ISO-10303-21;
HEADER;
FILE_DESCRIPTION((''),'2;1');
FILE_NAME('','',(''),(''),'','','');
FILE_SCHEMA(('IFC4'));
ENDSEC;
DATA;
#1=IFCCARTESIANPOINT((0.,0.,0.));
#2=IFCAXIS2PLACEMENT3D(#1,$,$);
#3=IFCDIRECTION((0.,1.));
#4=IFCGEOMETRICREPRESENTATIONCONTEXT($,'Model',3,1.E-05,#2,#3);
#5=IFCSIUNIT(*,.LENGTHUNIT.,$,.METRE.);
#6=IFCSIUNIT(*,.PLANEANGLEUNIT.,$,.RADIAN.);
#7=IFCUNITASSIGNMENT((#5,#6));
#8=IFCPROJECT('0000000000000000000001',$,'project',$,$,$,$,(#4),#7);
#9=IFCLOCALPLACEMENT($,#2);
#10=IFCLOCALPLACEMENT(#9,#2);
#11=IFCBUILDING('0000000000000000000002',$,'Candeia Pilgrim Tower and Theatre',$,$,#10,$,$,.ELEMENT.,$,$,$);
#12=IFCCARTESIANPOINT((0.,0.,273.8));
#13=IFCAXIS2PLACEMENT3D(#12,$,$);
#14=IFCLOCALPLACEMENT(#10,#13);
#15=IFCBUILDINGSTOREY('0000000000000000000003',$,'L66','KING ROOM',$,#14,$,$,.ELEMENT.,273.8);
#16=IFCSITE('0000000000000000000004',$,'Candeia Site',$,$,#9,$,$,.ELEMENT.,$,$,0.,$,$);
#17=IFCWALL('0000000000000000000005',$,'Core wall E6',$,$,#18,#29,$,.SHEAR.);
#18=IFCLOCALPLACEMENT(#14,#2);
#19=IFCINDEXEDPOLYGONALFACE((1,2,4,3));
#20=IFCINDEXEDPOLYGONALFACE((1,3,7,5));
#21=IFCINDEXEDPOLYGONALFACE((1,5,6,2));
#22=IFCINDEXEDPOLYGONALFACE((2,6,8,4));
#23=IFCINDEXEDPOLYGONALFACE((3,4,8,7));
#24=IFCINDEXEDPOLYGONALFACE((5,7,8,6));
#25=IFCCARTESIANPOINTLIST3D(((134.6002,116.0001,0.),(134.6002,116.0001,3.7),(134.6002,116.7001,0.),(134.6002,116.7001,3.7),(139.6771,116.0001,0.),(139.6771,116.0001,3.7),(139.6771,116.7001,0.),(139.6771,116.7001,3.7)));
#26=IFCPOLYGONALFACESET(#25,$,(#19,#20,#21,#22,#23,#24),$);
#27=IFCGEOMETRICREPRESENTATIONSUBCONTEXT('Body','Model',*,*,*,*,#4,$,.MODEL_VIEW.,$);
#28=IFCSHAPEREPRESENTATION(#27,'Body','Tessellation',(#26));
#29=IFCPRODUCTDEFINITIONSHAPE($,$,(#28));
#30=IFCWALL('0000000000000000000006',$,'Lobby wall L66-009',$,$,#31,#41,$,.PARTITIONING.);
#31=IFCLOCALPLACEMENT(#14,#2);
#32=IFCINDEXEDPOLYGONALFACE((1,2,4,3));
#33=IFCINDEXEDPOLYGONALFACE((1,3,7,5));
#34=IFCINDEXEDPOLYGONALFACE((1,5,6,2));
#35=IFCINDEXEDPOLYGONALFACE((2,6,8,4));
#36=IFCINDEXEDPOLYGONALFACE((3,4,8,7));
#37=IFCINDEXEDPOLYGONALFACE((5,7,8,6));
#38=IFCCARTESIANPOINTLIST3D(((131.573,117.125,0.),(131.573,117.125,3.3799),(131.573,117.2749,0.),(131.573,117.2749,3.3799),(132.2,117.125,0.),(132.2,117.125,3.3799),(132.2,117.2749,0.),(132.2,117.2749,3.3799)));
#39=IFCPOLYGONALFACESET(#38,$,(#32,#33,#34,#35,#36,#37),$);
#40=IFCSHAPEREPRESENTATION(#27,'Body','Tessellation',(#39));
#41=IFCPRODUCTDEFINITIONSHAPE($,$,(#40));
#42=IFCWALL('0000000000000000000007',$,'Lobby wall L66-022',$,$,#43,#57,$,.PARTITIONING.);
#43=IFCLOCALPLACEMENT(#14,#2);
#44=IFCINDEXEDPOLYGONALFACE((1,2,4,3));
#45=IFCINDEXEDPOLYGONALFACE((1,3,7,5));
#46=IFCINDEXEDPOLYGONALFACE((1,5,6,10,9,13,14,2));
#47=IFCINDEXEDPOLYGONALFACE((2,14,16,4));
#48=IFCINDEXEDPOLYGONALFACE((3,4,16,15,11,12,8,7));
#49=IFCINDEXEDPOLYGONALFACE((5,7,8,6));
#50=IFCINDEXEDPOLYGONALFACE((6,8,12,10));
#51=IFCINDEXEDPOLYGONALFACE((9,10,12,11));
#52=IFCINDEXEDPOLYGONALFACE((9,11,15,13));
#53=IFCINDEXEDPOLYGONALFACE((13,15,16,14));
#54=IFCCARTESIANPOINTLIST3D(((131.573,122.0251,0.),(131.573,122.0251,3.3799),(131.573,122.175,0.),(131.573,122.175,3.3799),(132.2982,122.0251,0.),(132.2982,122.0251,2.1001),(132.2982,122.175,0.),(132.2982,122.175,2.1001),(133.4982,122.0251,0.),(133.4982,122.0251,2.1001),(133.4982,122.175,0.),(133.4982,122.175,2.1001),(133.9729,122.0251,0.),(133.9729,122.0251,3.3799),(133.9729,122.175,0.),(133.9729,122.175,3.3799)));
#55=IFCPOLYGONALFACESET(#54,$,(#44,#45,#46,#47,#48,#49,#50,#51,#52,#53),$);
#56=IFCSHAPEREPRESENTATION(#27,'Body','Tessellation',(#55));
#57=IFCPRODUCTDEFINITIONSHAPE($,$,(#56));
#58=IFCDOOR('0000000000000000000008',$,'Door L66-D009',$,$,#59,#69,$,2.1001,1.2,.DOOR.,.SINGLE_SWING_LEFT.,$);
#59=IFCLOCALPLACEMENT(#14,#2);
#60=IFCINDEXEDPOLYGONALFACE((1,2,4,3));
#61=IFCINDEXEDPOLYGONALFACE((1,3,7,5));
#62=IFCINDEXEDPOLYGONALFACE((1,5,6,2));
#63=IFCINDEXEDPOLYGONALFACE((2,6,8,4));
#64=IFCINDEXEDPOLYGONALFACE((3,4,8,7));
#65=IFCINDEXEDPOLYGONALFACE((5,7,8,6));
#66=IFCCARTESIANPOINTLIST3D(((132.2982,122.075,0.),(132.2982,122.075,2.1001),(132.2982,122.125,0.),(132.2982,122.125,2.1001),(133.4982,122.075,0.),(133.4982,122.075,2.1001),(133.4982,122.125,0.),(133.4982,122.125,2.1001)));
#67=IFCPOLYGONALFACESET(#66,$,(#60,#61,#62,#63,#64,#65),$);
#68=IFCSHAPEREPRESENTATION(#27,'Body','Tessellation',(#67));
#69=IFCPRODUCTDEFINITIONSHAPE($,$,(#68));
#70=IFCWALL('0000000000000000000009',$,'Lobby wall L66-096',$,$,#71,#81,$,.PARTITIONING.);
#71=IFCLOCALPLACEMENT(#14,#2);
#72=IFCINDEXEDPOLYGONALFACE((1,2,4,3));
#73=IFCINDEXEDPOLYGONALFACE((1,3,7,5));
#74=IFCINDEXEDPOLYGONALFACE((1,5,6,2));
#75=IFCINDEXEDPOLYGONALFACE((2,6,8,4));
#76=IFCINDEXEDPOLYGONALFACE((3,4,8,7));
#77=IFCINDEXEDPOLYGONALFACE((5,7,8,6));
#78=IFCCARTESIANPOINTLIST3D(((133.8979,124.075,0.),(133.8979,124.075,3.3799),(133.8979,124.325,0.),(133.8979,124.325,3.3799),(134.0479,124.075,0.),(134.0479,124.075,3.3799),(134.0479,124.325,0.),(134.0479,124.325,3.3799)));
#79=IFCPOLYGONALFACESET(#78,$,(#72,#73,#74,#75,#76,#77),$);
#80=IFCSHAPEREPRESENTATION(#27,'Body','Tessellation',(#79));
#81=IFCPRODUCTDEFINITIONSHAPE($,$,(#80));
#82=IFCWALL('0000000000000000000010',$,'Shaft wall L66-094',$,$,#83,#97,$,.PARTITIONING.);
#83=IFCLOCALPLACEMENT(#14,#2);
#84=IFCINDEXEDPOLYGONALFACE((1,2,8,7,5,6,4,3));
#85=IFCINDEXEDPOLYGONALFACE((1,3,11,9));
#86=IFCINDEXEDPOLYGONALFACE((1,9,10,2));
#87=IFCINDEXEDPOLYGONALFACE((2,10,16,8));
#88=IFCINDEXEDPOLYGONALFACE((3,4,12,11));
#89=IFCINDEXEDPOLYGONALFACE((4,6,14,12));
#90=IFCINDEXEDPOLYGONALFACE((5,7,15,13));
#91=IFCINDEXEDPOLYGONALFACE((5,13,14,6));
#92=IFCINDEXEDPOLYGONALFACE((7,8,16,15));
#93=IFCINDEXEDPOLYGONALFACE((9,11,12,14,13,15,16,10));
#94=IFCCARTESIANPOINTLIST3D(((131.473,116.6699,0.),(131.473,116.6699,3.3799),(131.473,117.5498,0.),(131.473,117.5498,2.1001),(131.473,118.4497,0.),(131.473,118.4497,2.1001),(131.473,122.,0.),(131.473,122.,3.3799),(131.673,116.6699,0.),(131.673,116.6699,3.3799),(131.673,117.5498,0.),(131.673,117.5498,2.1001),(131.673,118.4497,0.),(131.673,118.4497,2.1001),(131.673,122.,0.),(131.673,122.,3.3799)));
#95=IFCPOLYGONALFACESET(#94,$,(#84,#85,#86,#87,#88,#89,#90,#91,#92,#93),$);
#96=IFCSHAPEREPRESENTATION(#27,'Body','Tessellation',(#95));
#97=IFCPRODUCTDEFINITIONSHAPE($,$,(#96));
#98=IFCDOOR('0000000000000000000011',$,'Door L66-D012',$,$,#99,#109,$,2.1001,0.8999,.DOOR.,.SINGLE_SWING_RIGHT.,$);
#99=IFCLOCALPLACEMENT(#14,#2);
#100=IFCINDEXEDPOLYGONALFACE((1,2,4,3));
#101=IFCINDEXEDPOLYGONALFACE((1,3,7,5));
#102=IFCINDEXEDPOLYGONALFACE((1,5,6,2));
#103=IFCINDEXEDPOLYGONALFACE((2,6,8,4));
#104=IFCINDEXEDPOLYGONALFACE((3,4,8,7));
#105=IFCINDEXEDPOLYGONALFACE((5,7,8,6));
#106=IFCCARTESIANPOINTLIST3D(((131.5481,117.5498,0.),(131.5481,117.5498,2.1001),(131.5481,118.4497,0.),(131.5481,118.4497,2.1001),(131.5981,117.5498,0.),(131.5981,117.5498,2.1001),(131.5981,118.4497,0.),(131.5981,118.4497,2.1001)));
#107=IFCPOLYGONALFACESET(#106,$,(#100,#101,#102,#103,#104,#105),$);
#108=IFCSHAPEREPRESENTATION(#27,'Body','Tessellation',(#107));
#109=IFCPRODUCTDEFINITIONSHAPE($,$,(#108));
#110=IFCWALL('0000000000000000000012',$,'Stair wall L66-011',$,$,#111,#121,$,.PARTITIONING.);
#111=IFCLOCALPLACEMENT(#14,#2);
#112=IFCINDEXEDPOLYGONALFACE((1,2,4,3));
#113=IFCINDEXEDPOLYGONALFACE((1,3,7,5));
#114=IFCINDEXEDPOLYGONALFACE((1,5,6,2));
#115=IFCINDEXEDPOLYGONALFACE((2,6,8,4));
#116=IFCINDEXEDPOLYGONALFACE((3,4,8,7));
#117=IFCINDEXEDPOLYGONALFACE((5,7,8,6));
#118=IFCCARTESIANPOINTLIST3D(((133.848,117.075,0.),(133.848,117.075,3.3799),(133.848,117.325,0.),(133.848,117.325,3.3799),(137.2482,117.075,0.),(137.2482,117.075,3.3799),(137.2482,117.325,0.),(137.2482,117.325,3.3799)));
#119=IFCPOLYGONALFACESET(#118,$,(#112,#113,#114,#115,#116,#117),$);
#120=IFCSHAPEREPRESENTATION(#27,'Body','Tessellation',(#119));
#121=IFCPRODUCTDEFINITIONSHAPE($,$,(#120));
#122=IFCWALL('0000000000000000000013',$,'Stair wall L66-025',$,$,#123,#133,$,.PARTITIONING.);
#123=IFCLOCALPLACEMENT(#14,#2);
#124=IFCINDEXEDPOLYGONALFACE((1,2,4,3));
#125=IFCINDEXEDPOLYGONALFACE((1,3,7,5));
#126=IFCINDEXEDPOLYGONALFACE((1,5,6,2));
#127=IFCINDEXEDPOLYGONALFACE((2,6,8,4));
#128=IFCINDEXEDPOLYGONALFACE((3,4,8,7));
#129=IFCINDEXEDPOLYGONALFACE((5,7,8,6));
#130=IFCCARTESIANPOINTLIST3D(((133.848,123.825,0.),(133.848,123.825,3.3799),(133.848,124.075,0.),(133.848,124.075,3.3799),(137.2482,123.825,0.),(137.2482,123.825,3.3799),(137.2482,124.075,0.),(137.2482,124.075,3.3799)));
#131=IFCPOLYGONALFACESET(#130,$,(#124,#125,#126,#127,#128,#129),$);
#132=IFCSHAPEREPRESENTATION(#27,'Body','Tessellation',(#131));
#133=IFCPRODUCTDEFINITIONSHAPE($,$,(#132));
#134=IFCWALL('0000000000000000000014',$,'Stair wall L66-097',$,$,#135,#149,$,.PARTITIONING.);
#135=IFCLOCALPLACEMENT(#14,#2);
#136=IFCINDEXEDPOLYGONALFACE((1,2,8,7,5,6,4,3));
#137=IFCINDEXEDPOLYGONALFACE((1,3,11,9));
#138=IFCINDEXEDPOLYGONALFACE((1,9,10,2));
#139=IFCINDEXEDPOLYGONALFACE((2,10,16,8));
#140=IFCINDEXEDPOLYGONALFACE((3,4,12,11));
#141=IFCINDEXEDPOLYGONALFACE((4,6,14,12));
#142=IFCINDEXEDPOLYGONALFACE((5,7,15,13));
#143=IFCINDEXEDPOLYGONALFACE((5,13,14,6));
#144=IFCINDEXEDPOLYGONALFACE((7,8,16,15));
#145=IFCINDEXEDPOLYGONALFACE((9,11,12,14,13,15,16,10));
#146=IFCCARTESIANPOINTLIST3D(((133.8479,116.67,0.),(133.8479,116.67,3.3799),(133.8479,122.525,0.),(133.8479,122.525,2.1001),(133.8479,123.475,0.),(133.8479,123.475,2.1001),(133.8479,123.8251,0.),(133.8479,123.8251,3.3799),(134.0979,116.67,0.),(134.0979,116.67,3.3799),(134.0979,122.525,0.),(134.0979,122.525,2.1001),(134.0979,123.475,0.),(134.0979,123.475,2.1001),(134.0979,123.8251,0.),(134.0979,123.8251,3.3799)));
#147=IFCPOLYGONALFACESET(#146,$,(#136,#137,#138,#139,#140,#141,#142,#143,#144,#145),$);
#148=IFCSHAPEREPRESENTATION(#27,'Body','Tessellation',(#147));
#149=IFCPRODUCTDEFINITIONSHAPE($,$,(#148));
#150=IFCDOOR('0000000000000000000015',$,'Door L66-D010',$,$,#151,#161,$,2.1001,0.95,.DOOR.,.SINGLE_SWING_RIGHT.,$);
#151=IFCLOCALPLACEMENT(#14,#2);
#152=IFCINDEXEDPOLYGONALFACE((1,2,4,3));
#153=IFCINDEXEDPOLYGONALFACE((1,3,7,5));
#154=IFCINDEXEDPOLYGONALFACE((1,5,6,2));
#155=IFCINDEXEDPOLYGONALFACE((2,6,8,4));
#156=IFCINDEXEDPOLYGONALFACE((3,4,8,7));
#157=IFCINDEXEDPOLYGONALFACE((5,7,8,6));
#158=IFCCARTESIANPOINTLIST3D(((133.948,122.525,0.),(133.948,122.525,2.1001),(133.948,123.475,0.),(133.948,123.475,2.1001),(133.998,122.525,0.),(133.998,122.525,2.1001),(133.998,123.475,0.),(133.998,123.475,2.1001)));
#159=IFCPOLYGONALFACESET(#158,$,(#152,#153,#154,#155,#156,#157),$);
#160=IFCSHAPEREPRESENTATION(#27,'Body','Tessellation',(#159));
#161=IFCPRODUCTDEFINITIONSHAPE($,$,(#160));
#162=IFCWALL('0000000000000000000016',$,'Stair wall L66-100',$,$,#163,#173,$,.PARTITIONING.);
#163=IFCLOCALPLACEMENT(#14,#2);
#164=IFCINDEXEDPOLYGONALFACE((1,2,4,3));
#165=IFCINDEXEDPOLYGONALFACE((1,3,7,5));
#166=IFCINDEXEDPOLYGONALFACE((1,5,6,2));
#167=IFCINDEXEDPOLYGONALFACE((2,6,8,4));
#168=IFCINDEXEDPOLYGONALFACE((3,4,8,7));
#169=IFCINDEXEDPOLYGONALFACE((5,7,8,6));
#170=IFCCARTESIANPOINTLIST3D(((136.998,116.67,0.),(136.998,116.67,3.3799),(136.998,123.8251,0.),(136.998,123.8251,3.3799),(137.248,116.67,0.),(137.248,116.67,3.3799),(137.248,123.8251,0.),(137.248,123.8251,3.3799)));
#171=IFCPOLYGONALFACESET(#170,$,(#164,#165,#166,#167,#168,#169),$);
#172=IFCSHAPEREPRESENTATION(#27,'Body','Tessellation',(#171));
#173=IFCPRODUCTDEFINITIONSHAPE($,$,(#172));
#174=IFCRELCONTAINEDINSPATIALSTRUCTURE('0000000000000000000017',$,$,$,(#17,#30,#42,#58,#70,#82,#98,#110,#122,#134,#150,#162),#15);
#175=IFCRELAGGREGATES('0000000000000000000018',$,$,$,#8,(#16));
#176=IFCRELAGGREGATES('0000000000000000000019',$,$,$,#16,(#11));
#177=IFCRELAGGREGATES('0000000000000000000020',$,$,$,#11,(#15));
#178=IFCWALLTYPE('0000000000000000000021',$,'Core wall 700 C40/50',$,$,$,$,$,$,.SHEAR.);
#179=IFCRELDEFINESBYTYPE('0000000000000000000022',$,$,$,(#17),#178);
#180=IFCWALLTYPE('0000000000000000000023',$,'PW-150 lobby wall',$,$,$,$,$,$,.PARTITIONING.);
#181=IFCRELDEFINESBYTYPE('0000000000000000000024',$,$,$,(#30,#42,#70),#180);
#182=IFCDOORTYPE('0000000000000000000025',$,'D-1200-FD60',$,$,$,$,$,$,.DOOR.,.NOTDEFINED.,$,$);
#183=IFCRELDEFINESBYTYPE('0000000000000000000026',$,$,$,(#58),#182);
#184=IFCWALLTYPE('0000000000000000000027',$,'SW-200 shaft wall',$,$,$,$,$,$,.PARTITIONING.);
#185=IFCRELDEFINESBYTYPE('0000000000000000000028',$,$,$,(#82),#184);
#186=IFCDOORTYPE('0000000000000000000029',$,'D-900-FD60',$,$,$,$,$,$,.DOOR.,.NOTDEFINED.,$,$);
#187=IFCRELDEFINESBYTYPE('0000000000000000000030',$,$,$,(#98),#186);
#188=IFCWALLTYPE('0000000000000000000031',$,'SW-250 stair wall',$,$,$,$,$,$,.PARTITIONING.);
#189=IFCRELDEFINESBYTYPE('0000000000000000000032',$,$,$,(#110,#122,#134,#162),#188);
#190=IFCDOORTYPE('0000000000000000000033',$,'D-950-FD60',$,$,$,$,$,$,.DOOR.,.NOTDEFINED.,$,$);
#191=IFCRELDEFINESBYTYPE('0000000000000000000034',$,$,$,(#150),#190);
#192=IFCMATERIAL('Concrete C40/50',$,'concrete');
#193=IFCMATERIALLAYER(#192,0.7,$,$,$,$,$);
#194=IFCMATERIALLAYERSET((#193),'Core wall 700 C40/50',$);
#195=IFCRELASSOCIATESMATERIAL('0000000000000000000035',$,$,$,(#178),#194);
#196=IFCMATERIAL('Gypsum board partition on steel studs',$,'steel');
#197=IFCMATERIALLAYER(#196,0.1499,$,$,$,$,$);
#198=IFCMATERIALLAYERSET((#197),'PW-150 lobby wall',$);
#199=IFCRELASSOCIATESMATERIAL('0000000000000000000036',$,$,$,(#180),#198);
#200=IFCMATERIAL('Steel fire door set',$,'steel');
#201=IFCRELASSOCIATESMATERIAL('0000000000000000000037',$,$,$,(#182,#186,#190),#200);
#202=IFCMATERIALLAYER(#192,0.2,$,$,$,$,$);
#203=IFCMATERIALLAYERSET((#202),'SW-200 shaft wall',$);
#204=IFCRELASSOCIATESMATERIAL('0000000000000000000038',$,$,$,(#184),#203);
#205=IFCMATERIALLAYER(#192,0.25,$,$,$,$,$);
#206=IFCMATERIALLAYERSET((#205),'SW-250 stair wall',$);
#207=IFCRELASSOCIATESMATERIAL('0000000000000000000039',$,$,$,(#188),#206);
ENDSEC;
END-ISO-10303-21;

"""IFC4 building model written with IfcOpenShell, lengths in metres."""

from ifc_helpers import new_model, si_unit, direction, frame, frame_2d, origin, place, context, subcontext, project, spatial, rectangle, extrude, material, layer, layer_set, type_object, element, fill, save


model = new_model("IFC4")

# Units and contexts
model_context = context("Model", 3, precision=1e-05, world=origin(), true_north=direction((0.0, 1.0)))
body_context = subcontext(model_context, "Body", "Model", "MODEL_VIEW")
ifc_project = project(units=[si_unit("LENGTHUNIT", "METRE"), si_unit("PLANEANGLEUNIT", "RADIAN")], contexts=[model_context])

# Site, building, storey
site_placement = place(None, origin())
site = spatial("IfcSite", under=ifc_project, at=site_placement, Name="Candeia Site", CompositionType="ELEMENT", RefElevation=0.0)
building_placement = place(site_placement, origin())
building = spatial("IfcBuilding", under=site, at=building_placement, Name="Candeia Pilgrim Tower and Theatre", CompositionType="ELEMENT")
storey_placement = place(building_placement, frame((0.0, 0.0, 273.8)))
storey = spatial("IfcBuildingStorey", under=building, at=storey_placement, Name="L66", Description="KING ROOM", CompositionType="ELEMENT", Elevation=273.8)

# Walls
ifc_material_1 = material(Name="Concrete C40/50", Category="concrete")
ifc_layer_1 = layer(ifc_material_1, 0.7)
ifc_layer_set_1 = layer_set([ifc_layer_1], Name="Core wall 700 C40/50")
wall_type_1 = type_object("IfcWallType", Name="Core wall 700 C40/50", PredefinedType="SHEAR", material=ifc_layer_set_1)
wall_1_placement = place(storey_placement, frame((134.6001, 116.3501, 0.0), z_axis=(0.0, 0.0, 1.0), x_axis=(1.0, 0.0, 0.0)))
element("IfcWall", 1, at=wall_1_placement, inside=storey, type_object=wall_type_1, Name="Core wall E6", PredefinedType="SHEAR", context=body_context, shape_type="SweptSolid", body=[
    extrude(rectangle(XDim=5.0769, YDim=0.7, at=frame_2d((2.5386, 0.0))), origin(), (0.0, 0.0, 1.0), 3.7),
])
ifc_material_2 = material(Name="Gypsum board partition on steel studs", Category="steel")
ifc_layer_2 = layer(ifc_material_2, 0.1499)
ifc_layer_set_2 = layer_set([ifc_layer_2], Name="PW-150 lobby wall")
wall_type_2 = type_object("IfcWallType", Name="PW-150 lobby wall", PredefinedType="PARTITIONING", material=ifc_layer_set_2)
wall_2_placement = place(storey_placement, frame((131.573, 117.2, 0.0), z_axis=(0.0, 0.0, 1.0), x_axis=(1.0, 0.0, 0.0)))
element("IfcWall", 2, at=wall_2_placement, inside=storey, type_object=wall_type_2, Name="Lobby wall L66-009", PredefinedType="PARTITIONING", context=body_context, shape_type="SweptSolid", body=[
    extrude(rectangle(XDim=0.627, YDim=0.1499, at=frame_2d((0.3135, 0.0))), origin(), (0.0, 0.0, 1.0), 3.3799),
])

# Wall, opening, door
wall_3_placement = place(storey_placement, frame((131.573, 122.1001, 0.0), z_axis=(0.0, 0.0, 1.0), x_axis=(1.0, 0.0, 0.0)))
wall_3 = element("IfcWall", 3, at=wall_3_placement, inside=storey, type_object=wall_type_2, Name="Lobby wall L66-022", PredefinedType="PARTITIONING", context=body_context, shape_type="SweptSolid", body=[
    extrude(rectangle(XDim=2.3999, YDim=0.1499, at=frame_2d((1.2, 0.0))), origin(), (0.0, 0.0, 1.0), 3.3799),
])
opening_1_placement = place(wall_3_placement, frame((0.7251, 0.0, 0.0)))
opening_1 = element("IfcOpeningElement", 4, at=opening_1_placement, cuts=wall_3, PredefinedType="OPENING", context=body_context, shape_type="SweptSolid", body=[
    extrude(rectangle(XDim=1.2, YDim=2.1001, at=frame_2d((0.6001, 1.05))), frame((0.0, 0.085, 0.0), z_axis=(0.0, -1.0, 0.0), x_axis=(1.0, 0.0, 0.0)), (0.0, 0.0, 1.0), 0.1699),
])
ifc_material_3 = material(Name="Steel fire door set", Category="steel")
door_type_1 = type_object("IfcDoorType", Name="D-1200-FD60", OperationType="NOTDEFINED", PredefinedType="DOOR", material=ifc_material_3)
door_1_placement = place(opening_1_placement, origin())
door_1 = element("IfcDoor", 5, at=door_1_placement, inside=storey, type_object=door_type_1, Name="Door L66-D009", OperationType="SINGLE_SWING_LEFT", OverallHeight=2.1001, OverallWidth=1.2, PredefinedType="DOOR", context=body_context, shape_type="SweptSolid", body=[
    extrude(rectangle(XDim=1.2, YDim=2.1001, at=frame_2d((0.6001, 1.05))), frame((0.0, 0.0249, 0.0), z_axis=(0.0, -1.0, 0.0), x_axis=(1.0, 0.0, 0.0)), (0.0, 0.0, 1.0), 0.05),
])
fill(opening_1, door_1)

# Wall
wall_4_placement = place(storey_placement, frame((133.9729, 124.075, 0.0), z_axis=(0.0, 0.0, 1.0), x_axis=(0.0, 1.0, 0.0)))
element("IfcWall", 6, at=wall_4_placement, inside=storey, type_object=wall_type_2, Name="Lobby wall L66-096", PredefinedType="PARTITIONING", context=body_context, shape_type="SweptSolid", body=[
    extrude(rectangle(XDim=0.25, YDim=0.1499, at=frame_2d((0.125, 0.0))), origin(), (0.0, 0.0, 1.0), 3.3799),
])

# Wall, opening, door
ifc_layer_3 = layer(ifc_material_1, 0.2)
ifc_layer_set_3 = layer_set([ifc_layer_3], Name="SW-200 shaft wall")
wall_type_3 = type_object("IfcWallType", Name="SW-200 shaft wall", PredefinedType="PARTITIONING", material=ifc_layer_set_3)
wall_5_placement = place(storey_placement, frame((131.573, 116.6699, 0.0), z_axis=(0.0, 0.0, 1.0), x_axis=(0.0, 1.0, 0.0)))
wall_5 = element("IfcWall", 7, at=wall_5_placement, inside=storey, type_object=wall_type_3, Name="Shaft wall L66-094", PredefinedType="PARTITIONING", context=body_context, shape_type="SweptSolid", body=[
    extrude(rectangle(XDim=5.3301, YDim=0.2, at=frame_2d((2.665, 0.0))), origin(), (0.0, 0.0, 1.0), 3.3799),
])
opening_2_placement = place(wall_5_placement, frame((0.8799, 0.0, 0.0)))
opening_2 = element("IfcOpeningElement", 8, at=opening_2_placement, cuts=wall_5, PredefinedType="OPENING", context=body_context, shape_type="SweptSolid", body=[
    extrude(rectangle(XDim=0.8999, YDim=2.1001, at=frame_2d((0.45, 1.05))), frame((0.0, 0.1099, 0.0), z_axis=(0.0, -1.0, 0.0), x_axis=(1.0, 0.0, 0.0)), (0.0, 0.0, 1.0), 0.22),
])
door_type_2 = type_object("IfcDoorType", Name="D-900-FD60", OperationType="NOTDEFINED", PredefinedType="DOOR", material=ifc_material_3)
door_2_placement = place(opening_2_placement, origin())
door_2 = element("IfcDoor", 9, at=door_2_placement, inside=storey, type_object=door_type_2, Name="Door L66-D012", OperationType="SINGLE_SWING_RIGHT", OverallHeight=2.1001, OverallWidth=0.8999, PredefinedType="DOOR", context=body_context, shape_type="SweptSolid", body=[
    extrude(rectangle(XDim=0.8999, YDim=2.1001, at=frame_2d((0.45, 1.05))), frame((0.0, 0.0249, 0.0), z_axis=(0.0, -1.0, 0.0), x_axis=(1.0, 0.0, 0.0)), (0.0, 0.0, 1.0), 0.05),
])
fill(opening_2, door_2)

# Walls
ifc_layer_4 = layer(ifc_material_1, 0.25)
ifc_layer_set_4 = layer_set([ifc_layer_4], Name="SW-250 stair wall")
wall_type_4 = type_object("IfcWallType", Name="SW-250 stair wall", PredefinedType="PARTITIONING", material=ifc_layer_set_4)
for number, where, z_axis, x_axis, name in (
    (10, (133.8479, 117.2, 0.0), (0.0, 0.0, 1.0), (1.0, 0.0, 0.0), "Stair wall L66-011"),
    (11, (133.8479, 123.95, 0.0), (0.0, 0.0, 1.0), (1.0, 0.0, 0.0), "Stair wall L66-025"),
):
    element("IfcWall", number, at=place(storey_placement, frame(where, z_axis=z_axis, x_axis=x_axis)), inside=storey, type_object=wall_type_4, Name=name, PredefinedType="PARTITIONING", context=body_context, shape_type="SweptSolid", body=[
        extrude(rectangle(XDim=3.4001, YDim=0.25, at=frame_2d((1.7002, 0.0))), origin(), (0.0, 0.0, 1.0), 3.3799),
    ])

# Wall, opening, door
wall_6_placement = place(storey_placement, frame((133.9729, 116.6699, 0.0), z_axis=(0.0, 0.0, 1.0), x_axis=(0.0, 1.0, 0.0)))
wall_6 = element("IfcWall", 12, at=wall_6_placement, inside=storey, type_object=wall_type_4, Name="Stair wall L66-097", PredefinedType="PARTITIONING", context=body_context, shape_type="SweptSolid", body=[
    extrude(rectangle(XDim=7.155, YDim=0.25, at=frame_2d((3.5776, 0.0))), origin(), (0.0, 0.0, 1.0), 3.3799),
])
opening_3_placement = place(wall_6_placement, frame((5.855, 0.0, 0.0)))
opening_3 = element("IfcOpeningElement", 13, at=opening_3_placement, cuts=wall_6, PredefinedType="OPENING", context=body_context, shape_type="SweptSolid", body=[
    extrude(rectangle(XDim=0.95, YDim=2.1001, at=frame_2d((0.4751, 1.05))), frame((0.0, 0.135, 0.0), z_axis=(0.0, -1.0, 0.0), x_axis=(1.0, 0.0, 0.0)), (0.0, 0.0, 1.0), 0.27),
])
door_type_3 = type_object("IfcDoorType", Name="D-950-FD60", OperationType="NOTDEFINED", PredefinedType="DOOR", material=ifc_material_3)
door_3_placement = place(opening_3_placement, origin())
door_3 = element("IfcDoor", 14, at=door_3_placement, inside=storey, type_object=door_type_3, Name="Door L66-D010", OperationType="SINGLE_SWING_RIGHT", OverallHeight=2.1001, OverallWidth=0.95, PredefinedType="DOOR", context=body_context, shape_type="SweptSolid", body=[
    extrude(rectangle(XDim=0.95, YDim=2.1001, at=frame_2d((0.4751, 1.05))), frame((0.0, 0.0249, 0.0), z_axis=(0.0, -1.0, 0.0), x_axis=(1.0, 0.0, 0.0)), (0.0, 0.0, 1.0), 0.05),
])
fill(opening_3, door_3)

# Wall
wall_7_placement = place(storey_placement, frame((137.123, 116.6699, 0.0), z_axis=(0.0, 0.0, 1.0), x_axis=(0.0, 1.0, 0.0)))
element("IfcWall", 15, at=wall_7_placement, inside=storey, type_object=wall_type_4, Name="Stair wall L66-100", PredefinedType="PARTITIONING", context=body_context, shape_type="SweptSolid", body=[
    extrude(rectangle(XDim=7.155, YDim=0.25, at=frame_2d((3.5776, 0.0))), origin(), (0.0, 0.0, 1.0), 3.3799),
])

save(model, "model.ifc")
